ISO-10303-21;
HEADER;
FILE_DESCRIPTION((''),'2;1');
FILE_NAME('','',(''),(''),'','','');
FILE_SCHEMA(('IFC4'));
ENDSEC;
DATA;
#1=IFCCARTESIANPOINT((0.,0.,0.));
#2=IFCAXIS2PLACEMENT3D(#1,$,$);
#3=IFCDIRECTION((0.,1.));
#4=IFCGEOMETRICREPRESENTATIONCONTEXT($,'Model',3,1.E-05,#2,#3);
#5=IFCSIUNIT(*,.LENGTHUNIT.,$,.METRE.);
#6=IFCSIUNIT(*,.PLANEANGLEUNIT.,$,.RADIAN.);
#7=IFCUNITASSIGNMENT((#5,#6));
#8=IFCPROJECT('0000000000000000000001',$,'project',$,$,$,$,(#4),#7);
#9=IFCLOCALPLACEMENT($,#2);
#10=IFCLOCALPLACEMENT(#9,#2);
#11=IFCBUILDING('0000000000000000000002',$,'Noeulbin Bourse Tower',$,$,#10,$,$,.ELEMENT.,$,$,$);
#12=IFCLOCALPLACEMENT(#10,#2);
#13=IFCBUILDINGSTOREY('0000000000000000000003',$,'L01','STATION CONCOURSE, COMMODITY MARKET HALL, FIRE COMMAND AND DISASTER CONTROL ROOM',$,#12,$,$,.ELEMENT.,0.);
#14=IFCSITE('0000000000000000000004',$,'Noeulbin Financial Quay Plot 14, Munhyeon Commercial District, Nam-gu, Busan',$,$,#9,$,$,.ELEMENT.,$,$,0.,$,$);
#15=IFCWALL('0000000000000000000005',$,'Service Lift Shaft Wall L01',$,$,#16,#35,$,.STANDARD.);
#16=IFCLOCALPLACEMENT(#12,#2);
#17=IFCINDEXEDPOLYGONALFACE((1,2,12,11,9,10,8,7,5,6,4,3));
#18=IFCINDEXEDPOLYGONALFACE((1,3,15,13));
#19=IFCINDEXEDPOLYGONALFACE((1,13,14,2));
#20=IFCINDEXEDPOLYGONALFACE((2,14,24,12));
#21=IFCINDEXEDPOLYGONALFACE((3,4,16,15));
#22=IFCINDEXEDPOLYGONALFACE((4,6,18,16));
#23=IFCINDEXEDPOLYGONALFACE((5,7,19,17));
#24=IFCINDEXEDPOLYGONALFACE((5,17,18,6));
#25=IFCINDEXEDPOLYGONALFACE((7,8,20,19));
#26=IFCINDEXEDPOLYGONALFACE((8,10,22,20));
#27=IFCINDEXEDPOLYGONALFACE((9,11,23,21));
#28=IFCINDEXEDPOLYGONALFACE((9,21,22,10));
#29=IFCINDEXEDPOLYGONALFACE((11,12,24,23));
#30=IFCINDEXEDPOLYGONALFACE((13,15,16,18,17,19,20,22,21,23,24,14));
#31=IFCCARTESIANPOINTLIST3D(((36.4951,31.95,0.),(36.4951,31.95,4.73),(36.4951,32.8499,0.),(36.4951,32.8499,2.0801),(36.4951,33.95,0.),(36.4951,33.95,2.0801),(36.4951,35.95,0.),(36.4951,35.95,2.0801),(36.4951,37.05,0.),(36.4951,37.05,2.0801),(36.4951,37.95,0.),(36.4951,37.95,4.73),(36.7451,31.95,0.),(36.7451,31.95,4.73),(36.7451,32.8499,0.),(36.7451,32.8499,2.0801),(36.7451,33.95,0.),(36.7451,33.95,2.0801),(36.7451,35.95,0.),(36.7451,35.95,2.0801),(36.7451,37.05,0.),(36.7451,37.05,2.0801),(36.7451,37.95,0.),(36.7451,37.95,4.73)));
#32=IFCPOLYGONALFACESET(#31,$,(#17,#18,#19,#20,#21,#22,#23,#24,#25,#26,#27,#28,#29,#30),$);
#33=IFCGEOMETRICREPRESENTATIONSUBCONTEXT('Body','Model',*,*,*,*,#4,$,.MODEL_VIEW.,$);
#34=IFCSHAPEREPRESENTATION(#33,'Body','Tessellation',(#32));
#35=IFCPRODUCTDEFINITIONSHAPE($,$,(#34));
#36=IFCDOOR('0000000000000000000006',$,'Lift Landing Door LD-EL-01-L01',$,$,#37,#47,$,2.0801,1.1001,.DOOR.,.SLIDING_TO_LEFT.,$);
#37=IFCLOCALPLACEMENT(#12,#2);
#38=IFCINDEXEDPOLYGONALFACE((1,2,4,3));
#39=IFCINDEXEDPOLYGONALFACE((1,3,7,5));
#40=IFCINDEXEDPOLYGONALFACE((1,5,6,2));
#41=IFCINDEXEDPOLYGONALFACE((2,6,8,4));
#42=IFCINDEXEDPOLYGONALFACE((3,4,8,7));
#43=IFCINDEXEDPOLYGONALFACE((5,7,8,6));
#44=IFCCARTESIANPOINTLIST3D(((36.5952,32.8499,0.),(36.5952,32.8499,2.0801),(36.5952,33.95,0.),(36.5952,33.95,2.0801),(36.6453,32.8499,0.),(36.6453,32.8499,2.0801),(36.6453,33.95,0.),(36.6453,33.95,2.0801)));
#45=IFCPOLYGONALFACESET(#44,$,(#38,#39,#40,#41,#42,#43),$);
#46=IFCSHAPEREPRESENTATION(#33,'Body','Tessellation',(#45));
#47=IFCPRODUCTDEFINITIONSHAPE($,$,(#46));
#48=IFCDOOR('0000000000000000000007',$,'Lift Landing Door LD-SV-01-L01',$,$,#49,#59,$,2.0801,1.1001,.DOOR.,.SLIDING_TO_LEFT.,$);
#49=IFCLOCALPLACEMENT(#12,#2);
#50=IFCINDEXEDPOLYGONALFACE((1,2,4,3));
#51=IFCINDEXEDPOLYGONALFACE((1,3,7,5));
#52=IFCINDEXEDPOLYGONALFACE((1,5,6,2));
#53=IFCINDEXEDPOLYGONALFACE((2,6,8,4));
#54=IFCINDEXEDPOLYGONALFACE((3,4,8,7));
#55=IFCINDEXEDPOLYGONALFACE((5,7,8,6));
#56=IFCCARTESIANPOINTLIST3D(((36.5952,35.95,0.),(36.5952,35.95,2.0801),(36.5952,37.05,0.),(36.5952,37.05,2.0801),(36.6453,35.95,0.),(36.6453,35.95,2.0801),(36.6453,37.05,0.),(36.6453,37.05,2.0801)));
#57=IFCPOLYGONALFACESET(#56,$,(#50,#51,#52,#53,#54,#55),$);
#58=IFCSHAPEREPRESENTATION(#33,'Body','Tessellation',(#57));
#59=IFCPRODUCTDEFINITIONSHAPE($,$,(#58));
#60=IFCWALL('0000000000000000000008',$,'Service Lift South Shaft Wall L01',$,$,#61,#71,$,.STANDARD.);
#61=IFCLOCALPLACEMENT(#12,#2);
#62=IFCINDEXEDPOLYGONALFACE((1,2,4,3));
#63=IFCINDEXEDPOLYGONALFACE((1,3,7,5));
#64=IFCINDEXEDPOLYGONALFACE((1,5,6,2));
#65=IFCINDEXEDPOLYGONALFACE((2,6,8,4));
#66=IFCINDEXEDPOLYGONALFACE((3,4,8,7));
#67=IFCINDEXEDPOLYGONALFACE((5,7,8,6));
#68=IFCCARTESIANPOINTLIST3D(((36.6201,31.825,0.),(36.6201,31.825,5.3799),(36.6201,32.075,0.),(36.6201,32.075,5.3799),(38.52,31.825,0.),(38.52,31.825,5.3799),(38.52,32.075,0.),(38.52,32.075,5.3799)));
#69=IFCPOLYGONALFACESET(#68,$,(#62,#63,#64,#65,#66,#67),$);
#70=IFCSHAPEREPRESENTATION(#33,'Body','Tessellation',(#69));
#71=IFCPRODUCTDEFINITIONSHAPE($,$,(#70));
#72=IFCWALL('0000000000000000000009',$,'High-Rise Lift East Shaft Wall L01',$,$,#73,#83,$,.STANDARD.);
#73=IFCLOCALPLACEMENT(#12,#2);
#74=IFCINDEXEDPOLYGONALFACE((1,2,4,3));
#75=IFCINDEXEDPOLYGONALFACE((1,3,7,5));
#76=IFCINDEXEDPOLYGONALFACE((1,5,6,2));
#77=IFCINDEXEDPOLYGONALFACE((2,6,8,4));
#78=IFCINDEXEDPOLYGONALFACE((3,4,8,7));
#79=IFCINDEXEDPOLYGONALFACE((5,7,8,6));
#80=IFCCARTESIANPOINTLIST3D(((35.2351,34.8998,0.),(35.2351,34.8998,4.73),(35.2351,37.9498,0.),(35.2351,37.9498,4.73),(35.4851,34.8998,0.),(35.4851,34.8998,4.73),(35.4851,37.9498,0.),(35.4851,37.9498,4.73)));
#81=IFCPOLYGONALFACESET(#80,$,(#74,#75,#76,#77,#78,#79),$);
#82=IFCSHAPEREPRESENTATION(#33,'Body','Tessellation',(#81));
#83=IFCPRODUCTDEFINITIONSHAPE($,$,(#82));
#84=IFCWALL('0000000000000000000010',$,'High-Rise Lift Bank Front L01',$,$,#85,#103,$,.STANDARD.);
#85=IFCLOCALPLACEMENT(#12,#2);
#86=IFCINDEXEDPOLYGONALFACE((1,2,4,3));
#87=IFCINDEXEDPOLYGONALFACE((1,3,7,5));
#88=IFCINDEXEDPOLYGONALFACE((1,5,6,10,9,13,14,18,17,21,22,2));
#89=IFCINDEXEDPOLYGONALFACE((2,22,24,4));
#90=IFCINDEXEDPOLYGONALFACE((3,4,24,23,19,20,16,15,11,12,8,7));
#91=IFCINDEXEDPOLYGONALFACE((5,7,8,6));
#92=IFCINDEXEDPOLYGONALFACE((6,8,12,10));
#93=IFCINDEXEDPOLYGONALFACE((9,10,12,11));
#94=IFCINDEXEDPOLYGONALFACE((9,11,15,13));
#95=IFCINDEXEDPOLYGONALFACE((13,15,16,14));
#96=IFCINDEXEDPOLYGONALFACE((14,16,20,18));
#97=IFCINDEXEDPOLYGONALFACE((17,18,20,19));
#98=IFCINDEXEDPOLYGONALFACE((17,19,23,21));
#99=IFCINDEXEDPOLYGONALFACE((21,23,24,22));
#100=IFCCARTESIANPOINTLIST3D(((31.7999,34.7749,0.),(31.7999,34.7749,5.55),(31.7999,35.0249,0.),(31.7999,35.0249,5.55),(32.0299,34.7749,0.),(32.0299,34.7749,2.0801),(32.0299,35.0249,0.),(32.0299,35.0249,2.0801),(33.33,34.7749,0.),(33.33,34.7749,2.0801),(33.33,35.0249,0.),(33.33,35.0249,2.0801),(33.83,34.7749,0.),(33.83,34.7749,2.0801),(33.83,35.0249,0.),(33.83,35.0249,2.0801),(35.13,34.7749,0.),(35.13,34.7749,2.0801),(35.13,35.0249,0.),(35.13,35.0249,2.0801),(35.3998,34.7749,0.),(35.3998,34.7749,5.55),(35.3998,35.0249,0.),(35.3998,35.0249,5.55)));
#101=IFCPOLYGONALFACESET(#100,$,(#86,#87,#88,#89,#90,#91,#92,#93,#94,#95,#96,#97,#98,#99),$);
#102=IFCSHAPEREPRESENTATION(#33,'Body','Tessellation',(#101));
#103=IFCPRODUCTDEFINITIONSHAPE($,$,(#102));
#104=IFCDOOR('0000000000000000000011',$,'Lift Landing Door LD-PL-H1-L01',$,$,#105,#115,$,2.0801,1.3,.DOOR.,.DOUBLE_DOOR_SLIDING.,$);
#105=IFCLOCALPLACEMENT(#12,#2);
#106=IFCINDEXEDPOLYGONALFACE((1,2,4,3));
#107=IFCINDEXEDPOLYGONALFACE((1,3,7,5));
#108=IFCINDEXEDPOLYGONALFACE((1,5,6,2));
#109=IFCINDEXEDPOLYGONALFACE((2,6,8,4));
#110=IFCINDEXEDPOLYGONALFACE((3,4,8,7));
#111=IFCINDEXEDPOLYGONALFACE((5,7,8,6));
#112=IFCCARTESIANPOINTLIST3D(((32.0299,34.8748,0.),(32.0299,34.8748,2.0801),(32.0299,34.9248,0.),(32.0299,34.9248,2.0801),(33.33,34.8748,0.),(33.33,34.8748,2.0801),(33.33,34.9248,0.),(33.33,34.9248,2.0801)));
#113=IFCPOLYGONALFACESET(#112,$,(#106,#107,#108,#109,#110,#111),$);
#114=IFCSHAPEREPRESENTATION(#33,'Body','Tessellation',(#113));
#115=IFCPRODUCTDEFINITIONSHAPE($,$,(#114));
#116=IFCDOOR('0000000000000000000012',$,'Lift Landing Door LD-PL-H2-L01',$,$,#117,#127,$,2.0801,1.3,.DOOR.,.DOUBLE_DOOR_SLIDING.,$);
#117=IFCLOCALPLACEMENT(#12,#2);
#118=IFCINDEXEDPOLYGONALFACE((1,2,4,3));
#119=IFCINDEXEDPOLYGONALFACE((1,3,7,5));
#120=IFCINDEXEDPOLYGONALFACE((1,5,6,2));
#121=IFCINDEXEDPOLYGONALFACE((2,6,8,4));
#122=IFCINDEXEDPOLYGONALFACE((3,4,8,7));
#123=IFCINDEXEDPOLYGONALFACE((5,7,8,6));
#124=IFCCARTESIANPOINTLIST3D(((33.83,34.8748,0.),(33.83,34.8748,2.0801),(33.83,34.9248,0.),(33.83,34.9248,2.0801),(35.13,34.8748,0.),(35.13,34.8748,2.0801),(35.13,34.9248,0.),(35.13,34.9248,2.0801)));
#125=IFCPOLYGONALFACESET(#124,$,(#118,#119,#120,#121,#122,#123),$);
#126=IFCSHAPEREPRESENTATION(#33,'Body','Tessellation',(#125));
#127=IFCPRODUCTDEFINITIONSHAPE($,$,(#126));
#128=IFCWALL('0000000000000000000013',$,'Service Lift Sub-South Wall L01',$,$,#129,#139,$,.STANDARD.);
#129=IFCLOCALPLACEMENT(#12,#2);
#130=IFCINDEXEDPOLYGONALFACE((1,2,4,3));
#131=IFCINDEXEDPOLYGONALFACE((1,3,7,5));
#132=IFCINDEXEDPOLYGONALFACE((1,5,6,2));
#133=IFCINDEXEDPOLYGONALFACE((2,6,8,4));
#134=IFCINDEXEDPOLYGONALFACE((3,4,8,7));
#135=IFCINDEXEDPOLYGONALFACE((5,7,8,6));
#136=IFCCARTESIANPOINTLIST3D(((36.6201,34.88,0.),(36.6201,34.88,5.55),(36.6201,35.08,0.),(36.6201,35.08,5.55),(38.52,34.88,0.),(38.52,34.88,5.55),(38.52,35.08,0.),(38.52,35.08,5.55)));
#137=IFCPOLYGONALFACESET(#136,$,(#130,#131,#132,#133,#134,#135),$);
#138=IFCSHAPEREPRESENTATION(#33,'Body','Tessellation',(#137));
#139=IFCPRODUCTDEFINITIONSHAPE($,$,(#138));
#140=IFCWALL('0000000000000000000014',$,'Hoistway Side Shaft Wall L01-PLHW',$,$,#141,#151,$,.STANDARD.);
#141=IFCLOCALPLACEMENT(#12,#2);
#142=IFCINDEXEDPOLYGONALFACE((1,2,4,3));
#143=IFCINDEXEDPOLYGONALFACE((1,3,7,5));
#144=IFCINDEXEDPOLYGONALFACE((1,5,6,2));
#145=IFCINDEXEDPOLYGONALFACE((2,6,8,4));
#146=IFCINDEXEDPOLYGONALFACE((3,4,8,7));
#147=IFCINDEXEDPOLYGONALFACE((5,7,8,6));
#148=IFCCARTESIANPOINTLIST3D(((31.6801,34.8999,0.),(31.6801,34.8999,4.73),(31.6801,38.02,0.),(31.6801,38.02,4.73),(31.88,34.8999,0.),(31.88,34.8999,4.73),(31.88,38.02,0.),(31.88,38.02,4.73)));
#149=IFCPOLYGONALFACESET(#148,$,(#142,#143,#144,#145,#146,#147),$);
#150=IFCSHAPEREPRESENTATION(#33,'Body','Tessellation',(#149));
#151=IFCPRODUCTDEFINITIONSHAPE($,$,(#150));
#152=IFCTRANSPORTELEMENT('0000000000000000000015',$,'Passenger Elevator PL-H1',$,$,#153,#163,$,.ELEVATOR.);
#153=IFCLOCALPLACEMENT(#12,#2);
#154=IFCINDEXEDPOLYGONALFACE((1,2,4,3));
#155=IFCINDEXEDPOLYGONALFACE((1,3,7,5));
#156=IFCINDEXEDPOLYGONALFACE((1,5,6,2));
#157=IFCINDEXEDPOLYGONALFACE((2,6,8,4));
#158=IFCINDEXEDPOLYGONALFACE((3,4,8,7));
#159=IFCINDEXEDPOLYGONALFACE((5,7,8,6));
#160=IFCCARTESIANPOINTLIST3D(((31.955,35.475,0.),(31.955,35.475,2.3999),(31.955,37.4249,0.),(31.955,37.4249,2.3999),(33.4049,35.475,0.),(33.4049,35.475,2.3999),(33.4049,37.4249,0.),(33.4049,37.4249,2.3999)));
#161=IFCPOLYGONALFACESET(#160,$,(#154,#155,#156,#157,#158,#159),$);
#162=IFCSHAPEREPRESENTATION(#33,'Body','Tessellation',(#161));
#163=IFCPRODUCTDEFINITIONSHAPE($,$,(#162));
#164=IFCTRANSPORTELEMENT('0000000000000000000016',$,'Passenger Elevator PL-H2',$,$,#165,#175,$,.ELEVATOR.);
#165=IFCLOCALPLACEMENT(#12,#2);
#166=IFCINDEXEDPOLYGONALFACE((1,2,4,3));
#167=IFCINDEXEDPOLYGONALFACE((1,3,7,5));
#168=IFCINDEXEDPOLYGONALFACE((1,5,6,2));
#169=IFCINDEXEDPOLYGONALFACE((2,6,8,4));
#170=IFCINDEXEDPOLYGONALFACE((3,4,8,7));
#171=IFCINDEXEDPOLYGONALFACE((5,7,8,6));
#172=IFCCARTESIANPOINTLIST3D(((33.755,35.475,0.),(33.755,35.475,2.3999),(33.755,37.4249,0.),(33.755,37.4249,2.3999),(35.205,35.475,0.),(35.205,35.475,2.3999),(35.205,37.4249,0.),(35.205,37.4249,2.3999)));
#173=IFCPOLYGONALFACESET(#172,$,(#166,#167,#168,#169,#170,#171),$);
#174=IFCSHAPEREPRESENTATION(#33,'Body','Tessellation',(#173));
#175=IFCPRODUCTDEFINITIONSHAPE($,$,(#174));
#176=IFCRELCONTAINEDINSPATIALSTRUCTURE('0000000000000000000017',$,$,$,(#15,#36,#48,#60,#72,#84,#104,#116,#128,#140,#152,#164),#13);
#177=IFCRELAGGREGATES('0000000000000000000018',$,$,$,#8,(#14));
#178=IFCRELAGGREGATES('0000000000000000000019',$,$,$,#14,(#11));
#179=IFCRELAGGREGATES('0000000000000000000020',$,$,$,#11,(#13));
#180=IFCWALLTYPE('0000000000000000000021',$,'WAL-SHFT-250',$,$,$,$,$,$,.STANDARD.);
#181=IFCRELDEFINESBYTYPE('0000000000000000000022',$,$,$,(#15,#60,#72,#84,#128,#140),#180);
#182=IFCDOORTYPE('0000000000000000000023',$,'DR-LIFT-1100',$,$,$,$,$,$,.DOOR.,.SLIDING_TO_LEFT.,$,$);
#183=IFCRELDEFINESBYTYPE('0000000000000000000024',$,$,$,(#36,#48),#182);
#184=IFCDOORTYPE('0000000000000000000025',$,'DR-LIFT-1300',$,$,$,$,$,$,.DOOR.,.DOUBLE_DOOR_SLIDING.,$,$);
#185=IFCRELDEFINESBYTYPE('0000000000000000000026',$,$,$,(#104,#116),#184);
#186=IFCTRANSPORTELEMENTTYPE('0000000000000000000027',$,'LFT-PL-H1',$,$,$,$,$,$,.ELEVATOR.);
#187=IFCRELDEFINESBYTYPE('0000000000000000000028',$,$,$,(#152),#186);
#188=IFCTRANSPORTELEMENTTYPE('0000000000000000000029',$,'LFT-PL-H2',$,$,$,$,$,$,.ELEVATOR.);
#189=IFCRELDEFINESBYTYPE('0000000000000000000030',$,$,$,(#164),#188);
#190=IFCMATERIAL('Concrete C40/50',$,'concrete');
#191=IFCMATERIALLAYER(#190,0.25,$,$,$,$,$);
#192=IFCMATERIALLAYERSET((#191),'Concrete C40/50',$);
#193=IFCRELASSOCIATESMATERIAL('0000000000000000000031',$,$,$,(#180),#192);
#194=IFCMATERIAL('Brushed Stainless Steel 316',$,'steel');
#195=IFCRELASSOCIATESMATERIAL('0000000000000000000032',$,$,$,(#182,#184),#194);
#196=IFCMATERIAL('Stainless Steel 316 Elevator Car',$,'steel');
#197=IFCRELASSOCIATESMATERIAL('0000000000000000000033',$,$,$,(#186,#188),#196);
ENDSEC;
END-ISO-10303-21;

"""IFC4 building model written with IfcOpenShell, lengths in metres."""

from ifc_helpers import new_model, si_unit, direction, frame, frame_2d, origin, origin_2d, place, context, subcontext, project, spatial, rectangle, extrude, material, layer, layer_set, type_object, element, fill, save


model = new_model("IFC4")

# Units and contexts
model_context = context("Model", 3, precision=1e-05, world=origin(), true_north=direction((0.0, 1.0)))
body_context = subcontext(model_context, "Body", "Model", "MODEL_VIEW")
ifc_project = project(units=[si_unit("LENGTHUNIT", "METRE"), si_unit("PLANEANGLEUNIT", "RADIAN")], contexts=[model_context])

# Site, building, storey
site_placement = place(None, origin())
site = spatial("IfcSite", under=ifc_project, at=site_placement, Name="Noeulbin Financial Quay Plot 14, Munhyeon Commercial District, Nam-gu, Busan", CompositionType="ELEMENT", RefElevation=0.0)
building_placement = place(site_placement, origin())
building = spatial("IfcBuilding", under=site, at=building_placement, Name="Noeulbin Bourse Tower", CompositionType="ELEMENT")
storey_placement = place(building_placement, origin())
storey = spatial("IfcBuildingStorey", under=building, at=storey_placement, Name="L01", Description="STATION CONCOURSE, COMMODITY MARKET HALL, FIRE COMMAND AND DISASTER CONTROL ROOM", CompositionType="ELEMENT", Elevation=0.0)

# Wall, openings, doors
ifc_material_1 = material(Name="Concrete C40/50", Category="concrete")
ifc_layer_1 = layer(ifc_material_1, 0.25)
ifc_layer_set_1 = layer_set([ifc_layer_1], Name="Concrete C40/50")
wall_type_1 = type_object("IfcWallType", Name="WAL-SHFT-250", PredefinedType="STANDARD", material=ifc_layer_set_1)
wall_1_placement = place(storey_placement, frame((36.6201, 31.95, 0.0), z_axis=(0.0, 0.0, 1.0), x_axis=(0.0, 1.0, 0.0)))
wall_1 = element("IfcWall", 1, at=wall_1_placement, inside=storey, type_object=wall_type_1, Name="Service Lift Shaft Wall L01", PredefinedType="STANDARD", context=body_context, shape_type="SweptSolid", body=[
    extrude(rectangle(XDim=6.0, YDim=0.25, at=frame_2d((3.0, 0.0))), origin(), (0.0, 0.0, 1.0), 4.73),
])
opening_1_placement = place(wall_1_placement, frame((0.8999, 0.0, 0.0)))
opening_1 = element("IfcOpeningElement", 2, at=opening_1_placement, cuts=wall_1, PredefinedType="OPENING", context=body_context, shape_type="SweptSolid", body=[
    extrude(rectangle(XDim=1.1001, YDim=2.0801, at=frame_2d((0.55, 1.04))), frame((0.0, 0.135, 0.0), z_axis=(0.0, -1.0, 0.0), x_axis=(1.0, 0.0, 0.0)), (0.0, 0.0, 1.0), 0.27),
])
opening_2_placement = place(wall_1_placement, frame((4.0, 0.0, 0.0)))
opening_2 = element("IfcOpeningElement", 3, at=opening_2_placement, cuts=wall_1, PredefinedType="OPENING", context=body_context, shape_type="SweptSolid", body=[
    extrude(rectangle(XDim=1.1001, YDim=2.0801, at=frame_2d((0.55, 1.04))), frame((0.0, 0.135, 0.0), z_axis=(0.0, -1.0, 0.0), x_axis=(1.0, 0.0, 0.0)), (0.0, 0.0, 1.0), 0.27),
])
ifc_material_2 = material(Name="Brushed Stainless Steel 316", Category="steel")
door_type_1 = type_object("IfcDoorType", Name="DR-LIFT-1100", OperationType="SLIDING_TO_LEFT", PredefinedType="DOOR", material=ifc_material_2)
door_1_placement = place(opening_1_placement, origin())
door_1 = element("IfcDoor", 4, at=door_1_placement, inside=storey, type_object=door_type_1, Name="Lift Landing Door LD-EL-01-L01", OperationType="SLIDING_TO_LEFT", OverallHeight=2.0801, OverallWidth=1.1001, PredefinedType="DOOR", context=body_context, shape_type="SweptSolid", body=[
    extrude(rectangle(XDim=1.1001, YDim=2.0801, at=frame_2d((0.55, 1.04))), frame((0.0, 0.0249, 0.0), z_axis=(0.0, -1.0, 0.0), x_axis=(1.0, 0.0, 0.0)), (0.0, 0.0, 1.0), 0.05),
])
fill(opening_1, door_1)
door_2_placement = place(opening_2_placement, origin())
door_2 = element("IfcDoor", 5, at=door_2_placement, inside=storey, type_object=door_type_1, Name="Lift Landing Door LD-SV-01-L01", OperationType="SLIDING_TO_LEFT", OverallHeight=2.0801, OverallWidth=1.1001, PredefinedType="DOOR", context=body_context, shape_type="SweptSolid", body=[
    extrude(rectangle(XDim=1.1001, YDim=2.0801, at=frame_2d((0.55, 1.04))), frame((0.0, 0.0249, 0.0), z_axis=(0.0, -1.0, 0.0), x_axis=(1.0, 0.0, 0.0)), (0.0, 0.0, 1.0), 0.05),
])
fill(opening_2, door_2)

# Walls
wall_2_placement = place(storey_placement, frame((36.6201, 31.95, 0.0), z_axis=(0.0, 0.0, 1.0), x_axis=(1.0, 0.0, 0.0)))
element("IfcWall", 6, at=wall_2_placement, inside=storey, type_object=wall_type_1, Name="Service Lift South Shaft Wall L01", PredefinedType="STANDARD", context=body_context, shape_type="SweptSolid", body=[
    extrude(rectangle(XDim=1.8999, YDim=0.25, at=frame_2d((0.95, 0.0))), origin(), (0.0, 0.0, 1.0), 5.3799),
])
wall_3_placement = place(storey_placement, frame((35.3601, 34.8999, 0.0), z_axis=(0.0, 0.0, 1.0), x_axis=(0.0, 1.0, 0.0)))
element("IfcWall", 7, at=wall_3_placement, inside=storey, type_object=wall_type_1, Name="High-Rise Lift East Shaft Wall L01", PredefinedType="STANDARD", context=body_context, shape_type="SweptSolid", body=[
    extrude(rectangle(XDim=3.05, YDim=0.25, at=frame_2d((1.5249, 0.0))), origin(), (0.0, 0.0, 1.0), 4.73),
])

# Wall, openings, doors
wall_4_placement = place(storey_placement, frame((31.8, 34.8999, 0.0), z_axis=(0.0, 0.0, 1.0), x_axis=(1.0, 0.0, 0.0)))
wall_4 = element("IfcWall", 8, at=wall_4_placement, inside=storey, type_object=wall_type_1, Name="High-Rise Lift Bank Front L01", PredefinedType="STANDARD", context=body_context, shape_type="SweptSolid", body=[
    extrude(rectangle(XDim=3.5999, YDim=0.25, at=frame_2d((1.7998, 0.0))), origin(), (0.0, 0.0, 1.0), 5.55),
])
opening_3_placement = place(wall_4_placement, frame((0.23, 0.0, 0.0)))
opening_3 = element("IfcOpeningElement", 9, at=opening_3_placement, cuts=wall_4, PredefinedType="OPENING", context=body_context, shape_type="SweptSolid", body=[
    extrude(rectangle(XDim=1.3, YDim=2.0801, at=frame_2d((0.6499, 1.04))), frame((0.0, 0.135, 0.0), z_axis=(0.0, -1.0, 0.0), x_axis=(1.0, 0.0, 0.0)), (0.0, 0.0, 1.0), 0.27),
])
opening_4_placement = place(wall_4_placement, frame((2.03, 0.0, 0.0)))
opening_4 = element("IfcOpeningElement", 10, at=opening_4_placement, cuts=wall_4, PredefinedType="OPENING", context=body_context, shape_type="SweptSolid", body=[
    extrude(rectangle(XDim=1.3, YDim=2.0801, at=frame_2d((0.6499, 1.04))), frame((0.0, 0.135, 0.0), z_axis=(0.0, -1.0, 0.0), x_axis=(1.0, 0.0, 0.0)), (0.0, 0.0, 1.0), 0.27),
])
door_type_2 = type_object("IfcDoorType", Name="DR-LIFT-1300", OperationType="DOUBLE_DOOR_SLIDING", PredefinedType="DOOR", material=ifc_material_2)
door_3_placement = place(opening_3_placement, origin())
door_3 = element("IfcDoor", 11, at=door_3_placement, inside=storey, type_object=door_type_2, Name="Lift Landing Door LD-PL-H1-L01", OperationType="DOUBLE_DOOR_SLIDING", OverallHeight=2.0801, OverallWidth=1.3, PredefinedType="DOOR", context=body_context, shape_type="SweptSolid", body=[
    extrude(rectangle(XDim=1.3, YDim=2.0801, at=frame_2d((0.6499, 1.04))), frame((0.0, 0.0249, 0.0), z_axis=(0.0, -1.0, 0.0), x_axis=(1.0, 0.0, 0.0)), (0.0, 0.0, 1.0), 0.05),
])
fill(opening_3, door_3)
door_4_placement = place(opening_4_placement, origin())
door_4 = element("IfcDoor", 12, at=door_4_placement, inside=storey, type_object=door_type_2, Name="Lift Landing Door LD-PL-H2-L01", OperationType="DOUBLE_DOOR_SLIDING", OverallHeight=2.0801, OverallWidth=1.3, PredefinedType="DOOR", context=body_context, shape_type="SweptSolid", body=[
    extrude(rectangle(XDim=1.3, YDim=2.0801, at=frame_2d((0.6499, 1.04))), frame((0.0, 0.0249, 0.0), z_axis=(0.0, -1.0, 0.0), x_axis=(1.0, 0.0, 0.0)), (0.0, 0.0, 1.0), 0.05),
])
fill(opening_4, door_4)

# Walls
wall_5_placement = place(storey_placement, frame((36.6201, 34.98, 0.0), z_axis=(0.0, 0.0, 1.0), x_axis=(1.0, 0.0, 0.0)))
element("IfcWall", 13, at=wall_5_placement, inside=storey, type_object=wall_type_1, Name="Service Lift Sub-South Wall L01", PredefinedType="STANDARD", context=body_context, shape_type="SweptSolid", body=[
    extrude(rectangle(XDim=1.8999, YDim=0.2, at=frame_2d((0.95, 0.0))), origin(), (0.0, 0.0, 1.0), 5.55),
])
wall_6_placement = place(storey_placement, frame((31.78, 34.8999, 0.0), z_axis=(0.0, 0.0, 1.0), x_axis=(0.0, 1.0, 0.0)))
element("IfcWall", 14, at=wall_6_placement, inside=storey, type_object=wall_type_1, Name="Hoistway Side Shaft Wall L01-PLHW", PredefinedType="STANDARD", context=body_context, shape_type="SweptSolid", body=[
    extrude(rectangle(XDim=3.1201, YDim=0.2, at=frame_2d((1.5601, 0.0))), origin(), (0.0, 0.0, 1.0), 4.73),
])

# Transport elements
ifc_material_3 = material(Name="Stainless Steel 316 Elevator Car", Category="steel")
transport_element_type_1 = type_object("IfcTransportElementType", Name="LFT-PL-H1", PredefinedType="ELEVATOR", material=ifc_material_3)
transport_element_1_placement = place(storey_placement, frame((32.6799, 36.45, 0.0), z_axis=(0.0, 0.0, 1.0), x_axis=(1.0, 0.0, 0.0)))
element("IfcTransportElement", 15, at=transport_element_1_placement, inside=storey, type_object=transport_element_type_1, Name="Passenger Elevator PL-H1", PredefinedType="ELEVATOR", context=body_context, shape_type="SweptSolid", body=[
    extrude(rectangle(XDim=1.45, YDim=1.95, at=origin_2d()), origin(), (0.0, 0.0, 1.0), 2.3999),
])
transport_element_type_2 = type_object("IfcTransportElementType", Name="LFT-PL-H2", PredefinedType="ELEVATOR", material=ifc_material_3)
transport_element_2_placement = place(storey_placement, frame((34.48, 36.45, 0.0), z_axis=(0.0, 0.0, 1.0), x_axis=(1.0, 0.0, 0.0)))
element("IfcTransportElement", 16, at=transport_element_2_placement, inside=storey, type_object=transport_element_type_2, Name="Passenger Elevator PL-H2", PredefinedType="ELEVATOR", context=body_context, shape_type="SweptSolid", body=[
    extrude(rectangle(XDim=1.45, YDim=1.95, at=origin_2d()), origin(), (0.0, 0.0, 1.0), 2.3999),
])

save(model, "model.ifc")
